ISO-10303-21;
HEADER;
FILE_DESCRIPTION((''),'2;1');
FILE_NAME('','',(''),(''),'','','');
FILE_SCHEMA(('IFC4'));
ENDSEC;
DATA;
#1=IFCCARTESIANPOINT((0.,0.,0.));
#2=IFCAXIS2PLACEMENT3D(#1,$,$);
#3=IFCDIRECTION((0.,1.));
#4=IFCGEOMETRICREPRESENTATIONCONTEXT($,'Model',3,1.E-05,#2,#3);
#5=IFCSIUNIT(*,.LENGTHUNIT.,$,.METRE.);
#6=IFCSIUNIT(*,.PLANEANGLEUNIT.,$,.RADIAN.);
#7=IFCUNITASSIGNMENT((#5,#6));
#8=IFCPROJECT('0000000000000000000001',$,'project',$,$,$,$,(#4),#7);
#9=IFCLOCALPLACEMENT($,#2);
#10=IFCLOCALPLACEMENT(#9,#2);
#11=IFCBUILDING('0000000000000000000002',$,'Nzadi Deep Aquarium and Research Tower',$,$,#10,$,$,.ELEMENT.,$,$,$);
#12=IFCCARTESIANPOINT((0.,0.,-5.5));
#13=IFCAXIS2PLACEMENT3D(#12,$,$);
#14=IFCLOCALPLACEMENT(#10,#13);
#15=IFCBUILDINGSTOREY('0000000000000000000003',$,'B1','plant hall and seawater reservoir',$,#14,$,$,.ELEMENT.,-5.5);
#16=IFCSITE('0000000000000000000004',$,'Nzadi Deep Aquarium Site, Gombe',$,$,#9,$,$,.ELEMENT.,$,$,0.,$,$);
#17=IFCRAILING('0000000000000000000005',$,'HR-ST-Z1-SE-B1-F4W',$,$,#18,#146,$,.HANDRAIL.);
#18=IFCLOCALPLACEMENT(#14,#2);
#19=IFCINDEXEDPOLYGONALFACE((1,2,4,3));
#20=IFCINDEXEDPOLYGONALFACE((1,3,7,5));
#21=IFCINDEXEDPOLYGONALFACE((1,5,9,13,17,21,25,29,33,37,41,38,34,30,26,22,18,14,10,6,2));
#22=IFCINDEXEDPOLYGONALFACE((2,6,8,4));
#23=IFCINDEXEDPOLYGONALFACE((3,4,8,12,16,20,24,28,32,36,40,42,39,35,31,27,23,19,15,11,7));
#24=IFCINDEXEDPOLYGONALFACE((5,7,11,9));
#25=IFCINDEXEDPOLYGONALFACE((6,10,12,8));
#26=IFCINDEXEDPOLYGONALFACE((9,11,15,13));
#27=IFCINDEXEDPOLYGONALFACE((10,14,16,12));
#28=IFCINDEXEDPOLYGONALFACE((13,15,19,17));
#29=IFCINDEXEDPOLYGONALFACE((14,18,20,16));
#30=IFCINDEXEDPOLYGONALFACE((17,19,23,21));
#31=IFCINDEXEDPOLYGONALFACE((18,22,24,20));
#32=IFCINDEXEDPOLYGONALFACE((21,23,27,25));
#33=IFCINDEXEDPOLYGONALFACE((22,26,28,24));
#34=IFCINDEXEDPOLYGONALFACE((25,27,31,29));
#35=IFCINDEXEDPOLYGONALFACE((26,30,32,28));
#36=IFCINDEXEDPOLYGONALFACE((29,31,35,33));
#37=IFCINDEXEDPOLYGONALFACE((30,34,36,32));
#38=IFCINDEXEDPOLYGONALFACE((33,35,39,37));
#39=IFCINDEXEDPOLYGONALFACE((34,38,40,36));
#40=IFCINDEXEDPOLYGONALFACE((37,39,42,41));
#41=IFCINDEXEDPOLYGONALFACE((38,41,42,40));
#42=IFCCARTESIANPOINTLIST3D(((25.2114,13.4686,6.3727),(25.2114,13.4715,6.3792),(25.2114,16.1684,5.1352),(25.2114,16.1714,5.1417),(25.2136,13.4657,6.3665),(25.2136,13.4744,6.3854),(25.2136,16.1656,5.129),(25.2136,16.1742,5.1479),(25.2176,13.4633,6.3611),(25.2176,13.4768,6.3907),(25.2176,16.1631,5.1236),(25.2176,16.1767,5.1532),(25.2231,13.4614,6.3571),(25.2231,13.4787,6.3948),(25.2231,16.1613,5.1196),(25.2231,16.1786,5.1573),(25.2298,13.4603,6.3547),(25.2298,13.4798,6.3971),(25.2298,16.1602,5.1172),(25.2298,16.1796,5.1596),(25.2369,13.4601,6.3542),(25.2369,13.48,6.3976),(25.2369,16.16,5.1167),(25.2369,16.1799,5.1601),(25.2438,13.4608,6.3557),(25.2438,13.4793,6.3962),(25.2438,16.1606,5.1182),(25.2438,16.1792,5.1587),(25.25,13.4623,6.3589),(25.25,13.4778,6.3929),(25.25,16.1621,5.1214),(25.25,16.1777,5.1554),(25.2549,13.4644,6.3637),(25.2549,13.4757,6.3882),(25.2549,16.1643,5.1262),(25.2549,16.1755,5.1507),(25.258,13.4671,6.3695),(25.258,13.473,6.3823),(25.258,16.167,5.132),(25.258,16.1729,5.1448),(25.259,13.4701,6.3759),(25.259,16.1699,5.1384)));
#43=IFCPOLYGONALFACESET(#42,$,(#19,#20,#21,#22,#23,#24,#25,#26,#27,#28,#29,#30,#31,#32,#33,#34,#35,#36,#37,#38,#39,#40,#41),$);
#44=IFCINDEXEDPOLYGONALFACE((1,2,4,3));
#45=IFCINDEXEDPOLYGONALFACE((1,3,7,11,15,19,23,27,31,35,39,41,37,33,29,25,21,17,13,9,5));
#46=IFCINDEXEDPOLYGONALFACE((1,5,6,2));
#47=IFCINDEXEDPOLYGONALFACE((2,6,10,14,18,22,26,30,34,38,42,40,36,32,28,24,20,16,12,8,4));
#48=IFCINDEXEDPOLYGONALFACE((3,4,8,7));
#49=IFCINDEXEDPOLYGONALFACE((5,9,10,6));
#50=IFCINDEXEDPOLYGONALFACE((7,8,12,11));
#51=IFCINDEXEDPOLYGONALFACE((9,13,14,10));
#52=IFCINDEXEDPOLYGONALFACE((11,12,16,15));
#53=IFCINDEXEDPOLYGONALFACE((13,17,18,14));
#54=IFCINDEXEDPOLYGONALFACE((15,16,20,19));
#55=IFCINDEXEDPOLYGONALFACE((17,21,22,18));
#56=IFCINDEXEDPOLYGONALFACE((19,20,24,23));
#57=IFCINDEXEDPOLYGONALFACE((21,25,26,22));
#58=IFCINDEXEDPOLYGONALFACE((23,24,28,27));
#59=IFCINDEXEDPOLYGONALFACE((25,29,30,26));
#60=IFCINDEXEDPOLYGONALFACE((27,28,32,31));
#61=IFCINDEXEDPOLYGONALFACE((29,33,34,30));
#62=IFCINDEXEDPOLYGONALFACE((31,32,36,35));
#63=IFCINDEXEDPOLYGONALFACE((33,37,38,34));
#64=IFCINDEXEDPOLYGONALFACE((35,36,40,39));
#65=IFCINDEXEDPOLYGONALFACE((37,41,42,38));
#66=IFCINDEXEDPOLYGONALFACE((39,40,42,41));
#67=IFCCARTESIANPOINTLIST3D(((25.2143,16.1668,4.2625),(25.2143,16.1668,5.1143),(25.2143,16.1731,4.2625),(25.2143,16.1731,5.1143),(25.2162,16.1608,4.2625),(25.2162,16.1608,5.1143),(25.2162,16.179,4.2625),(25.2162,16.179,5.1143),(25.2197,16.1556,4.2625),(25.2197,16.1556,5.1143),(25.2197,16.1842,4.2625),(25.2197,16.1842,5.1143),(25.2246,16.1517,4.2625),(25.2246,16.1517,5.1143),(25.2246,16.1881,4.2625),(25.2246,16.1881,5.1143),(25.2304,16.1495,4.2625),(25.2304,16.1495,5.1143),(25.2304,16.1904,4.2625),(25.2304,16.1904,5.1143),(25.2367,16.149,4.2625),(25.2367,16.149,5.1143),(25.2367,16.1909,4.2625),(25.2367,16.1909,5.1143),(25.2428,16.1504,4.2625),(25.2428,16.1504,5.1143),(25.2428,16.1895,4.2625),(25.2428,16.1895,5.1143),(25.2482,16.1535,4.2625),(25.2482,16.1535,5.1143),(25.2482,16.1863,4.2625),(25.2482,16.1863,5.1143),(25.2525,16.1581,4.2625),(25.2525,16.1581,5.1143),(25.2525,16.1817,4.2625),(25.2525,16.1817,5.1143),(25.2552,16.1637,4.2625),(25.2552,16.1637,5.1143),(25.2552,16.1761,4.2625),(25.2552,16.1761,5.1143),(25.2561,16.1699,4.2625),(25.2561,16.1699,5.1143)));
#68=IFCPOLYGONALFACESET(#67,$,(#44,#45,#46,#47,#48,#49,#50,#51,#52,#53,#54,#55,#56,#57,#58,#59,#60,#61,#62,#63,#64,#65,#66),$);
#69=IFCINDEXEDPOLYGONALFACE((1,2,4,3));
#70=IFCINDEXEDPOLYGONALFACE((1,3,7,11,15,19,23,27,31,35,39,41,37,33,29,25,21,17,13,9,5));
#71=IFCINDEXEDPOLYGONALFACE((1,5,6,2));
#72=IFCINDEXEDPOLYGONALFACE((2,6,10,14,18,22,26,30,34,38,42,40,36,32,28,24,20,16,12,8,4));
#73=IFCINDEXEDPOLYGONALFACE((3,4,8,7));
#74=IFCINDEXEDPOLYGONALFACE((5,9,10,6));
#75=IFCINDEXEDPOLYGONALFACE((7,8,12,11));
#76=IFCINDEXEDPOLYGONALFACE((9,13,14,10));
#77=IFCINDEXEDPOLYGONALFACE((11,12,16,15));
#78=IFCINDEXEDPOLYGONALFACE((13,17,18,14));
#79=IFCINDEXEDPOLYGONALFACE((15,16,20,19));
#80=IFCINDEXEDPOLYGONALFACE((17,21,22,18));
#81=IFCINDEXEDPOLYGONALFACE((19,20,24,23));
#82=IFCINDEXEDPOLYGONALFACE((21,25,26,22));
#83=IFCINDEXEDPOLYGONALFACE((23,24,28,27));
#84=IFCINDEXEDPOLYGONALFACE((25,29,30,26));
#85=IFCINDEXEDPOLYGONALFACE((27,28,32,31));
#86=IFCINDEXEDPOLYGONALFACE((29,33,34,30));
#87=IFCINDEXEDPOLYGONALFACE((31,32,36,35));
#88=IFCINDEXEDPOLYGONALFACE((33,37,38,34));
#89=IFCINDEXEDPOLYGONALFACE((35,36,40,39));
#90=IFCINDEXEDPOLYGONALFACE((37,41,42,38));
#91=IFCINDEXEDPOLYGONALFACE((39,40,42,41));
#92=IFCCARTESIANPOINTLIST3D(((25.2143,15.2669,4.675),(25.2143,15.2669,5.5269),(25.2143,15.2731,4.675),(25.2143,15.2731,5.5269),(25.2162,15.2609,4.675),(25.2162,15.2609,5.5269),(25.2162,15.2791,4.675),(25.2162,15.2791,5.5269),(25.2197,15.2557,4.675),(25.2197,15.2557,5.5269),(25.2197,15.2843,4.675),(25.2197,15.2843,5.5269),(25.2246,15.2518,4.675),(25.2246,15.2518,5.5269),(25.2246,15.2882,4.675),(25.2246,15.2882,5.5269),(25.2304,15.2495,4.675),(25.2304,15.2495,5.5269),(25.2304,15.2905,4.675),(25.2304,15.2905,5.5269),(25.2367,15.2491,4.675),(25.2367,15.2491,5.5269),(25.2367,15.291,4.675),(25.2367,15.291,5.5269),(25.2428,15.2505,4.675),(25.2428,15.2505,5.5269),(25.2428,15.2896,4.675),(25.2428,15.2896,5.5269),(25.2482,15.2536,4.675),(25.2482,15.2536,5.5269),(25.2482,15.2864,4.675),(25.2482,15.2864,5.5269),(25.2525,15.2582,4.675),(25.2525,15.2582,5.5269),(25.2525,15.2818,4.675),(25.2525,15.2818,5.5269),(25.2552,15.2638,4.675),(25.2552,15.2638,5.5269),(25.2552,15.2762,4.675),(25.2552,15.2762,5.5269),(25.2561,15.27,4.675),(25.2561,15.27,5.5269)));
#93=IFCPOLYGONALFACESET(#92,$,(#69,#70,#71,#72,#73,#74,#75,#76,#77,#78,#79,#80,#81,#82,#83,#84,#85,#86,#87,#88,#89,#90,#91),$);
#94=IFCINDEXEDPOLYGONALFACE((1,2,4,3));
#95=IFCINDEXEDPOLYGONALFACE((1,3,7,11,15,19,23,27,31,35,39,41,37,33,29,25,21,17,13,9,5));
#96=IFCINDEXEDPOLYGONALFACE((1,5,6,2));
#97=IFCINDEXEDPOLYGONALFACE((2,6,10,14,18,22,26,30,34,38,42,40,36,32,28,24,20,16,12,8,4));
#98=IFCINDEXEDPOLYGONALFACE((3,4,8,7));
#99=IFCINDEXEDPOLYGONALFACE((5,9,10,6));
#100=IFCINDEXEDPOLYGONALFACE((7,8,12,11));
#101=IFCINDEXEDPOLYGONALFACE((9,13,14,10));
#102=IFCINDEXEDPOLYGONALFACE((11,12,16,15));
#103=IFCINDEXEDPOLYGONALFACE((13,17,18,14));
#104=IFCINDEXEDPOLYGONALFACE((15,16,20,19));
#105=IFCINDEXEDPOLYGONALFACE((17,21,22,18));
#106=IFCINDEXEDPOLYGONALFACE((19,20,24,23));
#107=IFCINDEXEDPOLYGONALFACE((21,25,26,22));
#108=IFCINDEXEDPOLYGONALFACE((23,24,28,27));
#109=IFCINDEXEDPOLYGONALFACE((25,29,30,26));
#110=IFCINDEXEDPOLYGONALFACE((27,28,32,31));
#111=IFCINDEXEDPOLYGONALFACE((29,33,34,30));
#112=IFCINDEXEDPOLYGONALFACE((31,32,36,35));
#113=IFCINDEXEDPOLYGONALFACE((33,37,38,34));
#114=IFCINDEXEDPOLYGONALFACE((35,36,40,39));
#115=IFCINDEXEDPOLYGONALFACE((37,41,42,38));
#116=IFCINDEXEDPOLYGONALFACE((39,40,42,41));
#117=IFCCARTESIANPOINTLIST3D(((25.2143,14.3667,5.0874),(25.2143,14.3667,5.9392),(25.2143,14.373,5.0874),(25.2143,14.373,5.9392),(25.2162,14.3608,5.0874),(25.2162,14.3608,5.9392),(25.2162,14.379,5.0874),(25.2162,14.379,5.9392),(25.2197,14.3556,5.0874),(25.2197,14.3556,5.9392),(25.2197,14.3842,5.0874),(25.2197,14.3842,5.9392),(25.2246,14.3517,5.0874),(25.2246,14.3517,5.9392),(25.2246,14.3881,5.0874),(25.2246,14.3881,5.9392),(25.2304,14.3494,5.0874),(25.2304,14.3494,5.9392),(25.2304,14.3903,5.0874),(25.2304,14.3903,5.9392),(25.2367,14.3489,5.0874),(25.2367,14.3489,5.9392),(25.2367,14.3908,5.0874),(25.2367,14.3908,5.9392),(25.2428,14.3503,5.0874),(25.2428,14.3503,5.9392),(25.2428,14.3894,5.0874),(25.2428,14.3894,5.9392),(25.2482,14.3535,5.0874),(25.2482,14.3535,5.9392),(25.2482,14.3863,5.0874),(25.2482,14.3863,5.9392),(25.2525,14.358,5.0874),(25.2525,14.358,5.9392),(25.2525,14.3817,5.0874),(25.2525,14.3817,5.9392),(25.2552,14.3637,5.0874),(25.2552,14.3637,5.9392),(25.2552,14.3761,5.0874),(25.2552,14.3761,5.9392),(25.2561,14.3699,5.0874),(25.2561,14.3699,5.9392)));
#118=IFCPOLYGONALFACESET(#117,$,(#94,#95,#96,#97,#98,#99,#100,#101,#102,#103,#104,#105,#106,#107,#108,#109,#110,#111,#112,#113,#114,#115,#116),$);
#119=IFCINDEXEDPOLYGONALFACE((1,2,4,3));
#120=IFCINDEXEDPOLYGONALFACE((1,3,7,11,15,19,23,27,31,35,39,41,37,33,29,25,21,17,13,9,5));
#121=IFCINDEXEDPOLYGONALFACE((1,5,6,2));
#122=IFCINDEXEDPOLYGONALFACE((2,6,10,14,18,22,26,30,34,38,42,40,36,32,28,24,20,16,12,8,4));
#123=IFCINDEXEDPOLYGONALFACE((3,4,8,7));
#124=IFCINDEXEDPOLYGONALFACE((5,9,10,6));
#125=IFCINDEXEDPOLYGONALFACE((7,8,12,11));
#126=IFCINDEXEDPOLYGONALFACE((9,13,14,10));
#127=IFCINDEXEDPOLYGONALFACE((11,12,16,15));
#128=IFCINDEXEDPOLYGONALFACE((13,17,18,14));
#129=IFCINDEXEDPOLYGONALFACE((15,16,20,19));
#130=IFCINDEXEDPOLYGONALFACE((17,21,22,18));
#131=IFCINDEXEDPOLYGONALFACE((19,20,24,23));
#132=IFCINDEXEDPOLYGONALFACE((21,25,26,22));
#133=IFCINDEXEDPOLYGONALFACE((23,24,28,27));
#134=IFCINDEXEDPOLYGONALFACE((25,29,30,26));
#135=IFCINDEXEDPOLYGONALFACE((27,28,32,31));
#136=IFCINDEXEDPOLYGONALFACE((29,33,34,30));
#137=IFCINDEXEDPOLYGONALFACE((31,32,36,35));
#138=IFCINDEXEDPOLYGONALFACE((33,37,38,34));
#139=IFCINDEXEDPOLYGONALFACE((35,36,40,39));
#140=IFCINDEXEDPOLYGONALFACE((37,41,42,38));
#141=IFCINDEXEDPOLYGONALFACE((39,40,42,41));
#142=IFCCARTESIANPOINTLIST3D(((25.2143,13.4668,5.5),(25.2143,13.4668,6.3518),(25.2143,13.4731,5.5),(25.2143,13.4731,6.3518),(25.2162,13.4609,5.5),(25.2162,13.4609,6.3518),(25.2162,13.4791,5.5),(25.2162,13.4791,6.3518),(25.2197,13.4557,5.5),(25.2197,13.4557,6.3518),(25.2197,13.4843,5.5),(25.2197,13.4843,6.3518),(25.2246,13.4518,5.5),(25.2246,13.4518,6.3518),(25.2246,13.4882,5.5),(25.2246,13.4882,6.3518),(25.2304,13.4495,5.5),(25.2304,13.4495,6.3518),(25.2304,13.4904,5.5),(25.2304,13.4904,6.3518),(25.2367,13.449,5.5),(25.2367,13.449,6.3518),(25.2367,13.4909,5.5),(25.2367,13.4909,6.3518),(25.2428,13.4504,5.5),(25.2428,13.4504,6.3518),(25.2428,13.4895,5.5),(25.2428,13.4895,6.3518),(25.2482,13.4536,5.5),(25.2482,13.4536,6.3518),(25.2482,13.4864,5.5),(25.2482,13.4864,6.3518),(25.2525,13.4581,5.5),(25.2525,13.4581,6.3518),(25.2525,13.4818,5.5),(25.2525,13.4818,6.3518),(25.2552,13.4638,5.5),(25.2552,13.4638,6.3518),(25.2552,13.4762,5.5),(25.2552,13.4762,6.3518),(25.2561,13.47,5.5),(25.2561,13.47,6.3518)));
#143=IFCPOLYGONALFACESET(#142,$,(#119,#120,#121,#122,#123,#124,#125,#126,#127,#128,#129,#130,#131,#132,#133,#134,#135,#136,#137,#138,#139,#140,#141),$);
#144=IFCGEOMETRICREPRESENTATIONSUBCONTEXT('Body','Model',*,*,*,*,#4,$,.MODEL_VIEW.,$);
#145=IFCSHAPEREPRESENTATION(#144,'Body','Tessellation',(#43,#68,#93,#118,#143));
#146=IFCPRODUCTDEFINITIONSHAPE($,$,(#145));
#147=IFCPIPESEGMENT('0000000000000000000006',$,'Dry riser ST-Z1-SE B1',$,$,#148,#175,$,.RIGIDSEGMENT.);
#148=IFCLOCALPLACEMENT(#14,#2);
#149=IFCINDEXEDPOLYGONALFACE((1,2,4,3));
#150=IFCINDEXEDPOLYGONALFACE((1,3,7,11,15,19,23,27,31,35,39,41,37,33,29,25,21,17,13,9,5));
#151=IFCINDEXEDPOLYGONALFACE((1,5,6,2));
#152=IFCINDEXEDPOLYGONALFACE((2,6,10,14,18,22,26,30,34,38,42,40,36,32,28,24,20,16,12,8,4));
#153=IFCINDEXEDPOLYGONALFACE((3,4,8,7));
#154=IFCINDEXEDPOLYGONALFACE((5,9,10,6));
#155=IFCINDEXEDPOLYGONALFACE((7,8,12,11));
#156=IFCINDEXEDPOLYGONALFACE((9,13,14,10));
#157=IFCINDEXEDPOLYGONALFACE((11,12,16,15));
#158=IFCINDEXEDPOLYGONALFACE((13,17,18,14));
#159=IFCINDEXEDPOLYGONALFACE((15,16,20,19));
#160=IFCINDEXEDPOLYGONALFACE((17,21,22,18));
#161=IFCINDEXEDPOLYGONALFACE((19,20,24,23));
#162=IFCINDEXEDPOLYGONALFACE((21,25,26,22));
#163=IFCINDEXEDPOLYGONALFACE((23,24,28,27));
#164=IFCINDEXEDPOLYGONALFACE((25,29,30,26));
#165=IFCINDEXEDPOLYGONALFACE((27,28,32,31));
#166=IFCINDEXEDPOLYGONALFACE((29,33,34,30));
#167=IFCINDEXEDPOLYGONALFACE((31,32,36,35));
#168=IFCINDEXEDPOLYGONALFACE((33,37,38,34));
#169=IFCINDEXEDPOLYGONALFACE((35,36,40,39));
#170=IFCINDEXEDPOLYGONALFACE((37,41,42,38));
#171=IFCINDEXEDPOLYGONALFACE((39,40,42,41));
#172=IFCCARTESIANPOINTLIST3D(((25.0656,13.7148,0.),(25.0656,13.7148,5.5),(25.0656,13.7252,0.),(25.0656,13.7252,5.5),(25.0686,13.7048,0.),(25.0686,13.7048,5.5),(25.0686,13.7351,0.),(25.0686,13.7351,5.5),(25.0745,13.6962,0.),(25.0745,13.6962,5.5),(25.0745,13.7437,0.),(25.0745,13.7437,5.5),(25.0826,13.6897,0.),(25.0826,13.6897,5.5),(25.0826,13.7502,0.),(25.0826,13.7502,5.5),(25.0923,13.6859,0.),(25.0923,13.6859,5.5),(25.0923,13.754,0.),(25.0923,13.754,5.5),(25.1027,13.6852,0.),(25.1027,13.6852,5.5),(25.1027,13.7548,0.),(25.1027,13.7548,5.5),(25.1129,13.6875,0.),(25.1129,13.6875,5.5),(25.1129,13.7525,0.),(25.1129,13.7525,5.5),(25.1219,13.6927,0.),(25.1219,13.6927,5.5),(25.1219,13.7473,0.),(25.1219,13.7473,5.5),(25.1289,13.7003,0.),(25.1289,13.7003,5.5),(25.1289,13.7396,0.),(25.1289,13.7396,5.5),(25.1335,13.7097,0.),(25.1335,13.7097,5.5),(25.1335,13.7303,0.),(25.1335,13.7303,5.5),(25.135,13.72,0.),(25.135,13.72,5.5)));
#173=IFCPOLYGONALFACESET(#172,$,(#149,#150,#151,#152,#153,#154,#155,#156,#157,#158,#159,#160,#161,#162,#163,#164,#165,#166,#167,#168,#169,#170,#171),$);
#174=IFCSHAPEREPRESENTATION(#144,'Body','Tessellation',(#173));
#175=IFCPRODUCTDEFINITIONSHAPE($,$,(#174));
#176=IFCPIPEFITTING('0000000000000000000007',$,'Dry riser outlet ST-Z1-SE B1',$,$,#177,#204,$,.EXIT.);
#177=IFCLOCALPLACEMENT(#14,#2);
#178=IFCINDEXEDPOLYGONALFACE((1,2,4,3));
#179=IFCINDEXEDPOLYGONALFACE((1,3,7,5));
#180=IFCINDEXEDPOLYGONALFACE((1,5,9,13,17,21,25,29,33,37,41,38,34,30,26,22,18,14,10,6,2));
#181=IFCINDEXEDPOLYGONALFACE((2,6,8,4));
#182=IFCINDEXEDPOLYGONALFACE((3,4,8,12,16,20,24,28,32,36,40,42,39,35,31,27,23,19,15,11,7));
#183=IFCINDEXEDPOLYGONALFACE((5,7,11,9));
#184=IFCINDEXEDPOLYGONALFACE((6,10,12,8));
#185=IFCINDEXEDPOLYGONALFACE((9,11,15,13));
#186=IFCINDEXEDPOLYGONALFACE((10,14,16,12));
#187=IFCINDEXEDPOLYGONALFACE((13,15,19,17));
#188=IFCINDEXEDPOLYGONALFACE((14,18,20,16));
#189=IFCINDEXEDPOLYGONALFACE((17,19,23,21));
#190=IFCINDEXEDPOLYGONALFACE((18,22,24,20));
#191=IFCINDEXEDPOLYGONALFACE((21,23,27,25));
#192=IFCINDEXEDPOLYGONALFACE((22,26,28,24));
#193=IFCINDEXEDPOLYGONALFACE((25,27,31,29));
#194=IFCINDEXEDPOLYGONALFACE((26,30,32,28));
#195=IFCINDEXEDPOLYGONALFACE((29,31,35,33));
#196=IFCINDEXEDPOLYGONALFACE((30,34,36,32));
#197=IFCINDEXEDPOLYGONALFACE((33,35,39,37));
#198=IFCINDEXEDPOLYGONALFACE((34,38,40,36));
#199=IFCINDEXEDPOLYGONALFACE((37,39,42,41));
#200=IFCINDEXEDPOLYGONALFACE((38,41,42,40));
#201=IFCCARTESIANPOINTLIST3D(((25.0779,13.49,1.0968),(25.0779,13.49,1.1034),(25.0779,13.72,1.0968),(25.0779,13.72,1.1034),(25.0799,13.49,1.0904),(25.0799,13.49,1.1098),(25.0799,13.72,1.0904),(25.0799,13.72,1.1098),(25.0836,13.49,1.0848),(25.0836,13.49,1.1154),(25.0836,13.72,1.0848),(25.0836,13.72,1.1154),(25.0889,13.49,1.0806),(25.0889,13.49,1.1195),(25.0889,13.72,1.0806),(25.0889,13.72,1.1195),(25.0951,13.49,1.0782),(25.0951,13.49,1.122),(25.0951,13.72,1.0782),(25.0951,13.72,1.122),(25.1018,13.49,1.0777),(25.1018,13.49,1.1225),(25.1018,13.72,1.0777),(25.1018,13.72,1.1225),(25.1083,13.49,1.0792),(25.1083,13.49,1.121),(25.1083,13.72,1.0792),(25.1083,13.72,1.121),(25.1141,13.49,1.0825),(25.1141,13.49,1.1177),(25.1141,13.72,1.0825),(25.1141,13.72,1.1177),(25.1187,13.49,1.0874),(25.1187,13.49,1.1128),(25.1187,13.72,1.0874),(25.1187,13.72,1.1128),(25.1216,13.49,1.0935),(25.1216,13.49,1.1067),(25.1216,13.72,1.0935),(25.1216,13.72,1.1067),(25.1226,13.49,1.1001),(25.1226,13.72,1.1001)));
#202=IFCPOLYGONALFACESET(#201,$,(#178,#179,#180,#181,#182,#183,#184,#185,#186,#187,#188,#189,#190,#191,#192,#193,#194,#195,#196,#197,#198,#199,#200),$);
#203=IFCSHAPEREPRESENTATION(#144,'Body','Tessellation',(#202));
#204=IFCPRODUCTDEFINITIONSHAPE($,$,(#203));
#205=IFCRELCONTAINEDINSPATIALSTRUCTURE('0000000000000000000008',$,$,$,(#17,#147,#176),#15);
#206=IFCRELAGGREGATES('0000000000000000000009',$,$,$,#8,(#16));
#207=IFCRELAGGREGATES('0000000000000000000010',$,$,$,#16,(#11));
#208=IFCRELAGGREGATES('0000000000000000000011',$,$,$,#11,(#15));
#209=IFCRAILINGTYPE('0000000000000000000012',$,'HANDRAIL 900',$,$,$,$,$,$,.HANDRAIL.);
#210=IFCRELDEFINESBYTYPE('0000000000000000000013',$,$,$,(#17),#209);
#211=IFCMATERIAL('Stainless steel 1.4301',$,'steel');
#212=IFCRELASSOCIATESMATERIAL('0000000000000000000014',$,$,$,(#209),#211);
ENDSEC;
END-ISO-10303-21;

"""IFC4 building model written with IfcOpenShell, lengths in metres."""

from ifc_helpers import new_model, si_unit, direction, frame, origin, origin_2d, place, context, subcontext, project, spatial, circle, extrude, material, type_object, element, save


model = new_model("IFC4")

# Units and contexts
model_context = context("Model", 3, precision=1e-05, world=origin(), true_north=direction((0.0, 1.0)))
body_context = subcontext(model_context, "Body", "Model", "MODEL_VIEW")
ifc_project = project(units=[si_unit("LENGTHUNIT", "METRE"), si_unit("PLANEANGLEUNIT", "RADIAN")], contexts=[model_context])

# Site, building, storey
site_placement = place(None, origin())
site = spatial("IfcSite", under=ifc_project, at=site_placement, Name="Nzadi Deep Aquarium Site, Gombe", CompositionType="ELEMENT", RefElevation=0.0)
building_placement = place(site_placement, origin())
building = spatial("IfcBuilding", under=site, at=building_placement, Name="Nzadi Deep Aquarium and Research Tower", CompositionType="ELEMENT")
storey_placement = place(building_placement, frame((0.0, 0.0, -5.5)))
storey = spatial("IfcBuildingStorey", under=building, at=storey_placement, Name="B1", Description="plant hall and seawater reservoir", CompositionType="ELEMENT", Elevation=-5.5)

# Railing
ifc_material_1 = material(Name="Stainless steel 1.4301", Category="steel")
railing_type = type_object("IfcRailingType", Name="HANDRAIL 900", PredefinedType="HANDRAIL", material=ifc_material_1)
for number, where, name in (
    (1, (25.2351, 16.1699, 4.2625), "HR-ST-Z1-SE-B1-F4W"),
):
    element("IfcRailing", number, at=place(storey_placement, frame(where)), inside=storey, type_object=railing_type, Name=name, PredefinedType="HANDRAIL", context=body_context, shape_type="SweptSolid", body=[
        extrude(circle(Radius=0.0239, at=origin_2d()), frame((0.0, 0.0, 0.876), z_axis=(0.0, -0.909056, 0.416675), x_axis=(1.0, 0.0, 0.0)), (0.0, 0.0, 1.0), 2.97),
        extrude(circle(Radius=0.021, at=origin_2d()), origin(), (0.0, 0.0, 1.0), 0.8518),
        extrude(circle(Radius=0.021, at=origin_2d()), frame((0.0, -0.8999, 0.4126)), (0.0, 0.0, 1.0), 0.8518),
        extrude(circle(Radius=0.021, at=origin_2d()), frame((0.0, -1.8, 0.825)), (0.0, 0.0, 1.0), 0.8518),
        extrude(circle(Radius=0.021, at=origin_2d()), frame((0.0, -2.7, 1.2375)), (0.0, 0.0, 1.0), 0.8518),
    ])

# Pipe segment
pipe_segment_placement = place(storey_placement, frame((25.1001, 13.72, 0.0), z_axis=(0.0, 0.0, 1.0), x_axis=(1.0, 0.0, 0.0)))
element("IfcPipeSegment", 2, at=pipe_segment_placement, inside=storey, Name="Dry riser ST-Z1-SE B1", PredefinedType="RIGIDSEGMENT", context=body_context, shape_type="SweptSolid", body=[
    extrude(circle(Radius=0.0349, at=origin_2d()), origin(), (0.0, 0.0, 1.0), 5.5),
])

# Pipe fitting
pipe_fitting_placement = place(storey_placement, frame((25.1001, 13.72, 1.1001), z_axis=(0.0, -1.0, 0.0), x_axis=(1.0, 0.0, 0.0)))
element("IfcPipeFitting", 3, at=pipe_fitting_placement, inside=storey, Name="Dry riser outlet ST-Z1-SE B1", PredefinedType="EXIT", context=body_context, shape_type="SweptSolid", body=[
    extrude(circle(Radius=0.0225, at=origin_2d()), origin(), (0.0, 0.0, 1.0), 0.23),
])

save(model, "model.ifc")
